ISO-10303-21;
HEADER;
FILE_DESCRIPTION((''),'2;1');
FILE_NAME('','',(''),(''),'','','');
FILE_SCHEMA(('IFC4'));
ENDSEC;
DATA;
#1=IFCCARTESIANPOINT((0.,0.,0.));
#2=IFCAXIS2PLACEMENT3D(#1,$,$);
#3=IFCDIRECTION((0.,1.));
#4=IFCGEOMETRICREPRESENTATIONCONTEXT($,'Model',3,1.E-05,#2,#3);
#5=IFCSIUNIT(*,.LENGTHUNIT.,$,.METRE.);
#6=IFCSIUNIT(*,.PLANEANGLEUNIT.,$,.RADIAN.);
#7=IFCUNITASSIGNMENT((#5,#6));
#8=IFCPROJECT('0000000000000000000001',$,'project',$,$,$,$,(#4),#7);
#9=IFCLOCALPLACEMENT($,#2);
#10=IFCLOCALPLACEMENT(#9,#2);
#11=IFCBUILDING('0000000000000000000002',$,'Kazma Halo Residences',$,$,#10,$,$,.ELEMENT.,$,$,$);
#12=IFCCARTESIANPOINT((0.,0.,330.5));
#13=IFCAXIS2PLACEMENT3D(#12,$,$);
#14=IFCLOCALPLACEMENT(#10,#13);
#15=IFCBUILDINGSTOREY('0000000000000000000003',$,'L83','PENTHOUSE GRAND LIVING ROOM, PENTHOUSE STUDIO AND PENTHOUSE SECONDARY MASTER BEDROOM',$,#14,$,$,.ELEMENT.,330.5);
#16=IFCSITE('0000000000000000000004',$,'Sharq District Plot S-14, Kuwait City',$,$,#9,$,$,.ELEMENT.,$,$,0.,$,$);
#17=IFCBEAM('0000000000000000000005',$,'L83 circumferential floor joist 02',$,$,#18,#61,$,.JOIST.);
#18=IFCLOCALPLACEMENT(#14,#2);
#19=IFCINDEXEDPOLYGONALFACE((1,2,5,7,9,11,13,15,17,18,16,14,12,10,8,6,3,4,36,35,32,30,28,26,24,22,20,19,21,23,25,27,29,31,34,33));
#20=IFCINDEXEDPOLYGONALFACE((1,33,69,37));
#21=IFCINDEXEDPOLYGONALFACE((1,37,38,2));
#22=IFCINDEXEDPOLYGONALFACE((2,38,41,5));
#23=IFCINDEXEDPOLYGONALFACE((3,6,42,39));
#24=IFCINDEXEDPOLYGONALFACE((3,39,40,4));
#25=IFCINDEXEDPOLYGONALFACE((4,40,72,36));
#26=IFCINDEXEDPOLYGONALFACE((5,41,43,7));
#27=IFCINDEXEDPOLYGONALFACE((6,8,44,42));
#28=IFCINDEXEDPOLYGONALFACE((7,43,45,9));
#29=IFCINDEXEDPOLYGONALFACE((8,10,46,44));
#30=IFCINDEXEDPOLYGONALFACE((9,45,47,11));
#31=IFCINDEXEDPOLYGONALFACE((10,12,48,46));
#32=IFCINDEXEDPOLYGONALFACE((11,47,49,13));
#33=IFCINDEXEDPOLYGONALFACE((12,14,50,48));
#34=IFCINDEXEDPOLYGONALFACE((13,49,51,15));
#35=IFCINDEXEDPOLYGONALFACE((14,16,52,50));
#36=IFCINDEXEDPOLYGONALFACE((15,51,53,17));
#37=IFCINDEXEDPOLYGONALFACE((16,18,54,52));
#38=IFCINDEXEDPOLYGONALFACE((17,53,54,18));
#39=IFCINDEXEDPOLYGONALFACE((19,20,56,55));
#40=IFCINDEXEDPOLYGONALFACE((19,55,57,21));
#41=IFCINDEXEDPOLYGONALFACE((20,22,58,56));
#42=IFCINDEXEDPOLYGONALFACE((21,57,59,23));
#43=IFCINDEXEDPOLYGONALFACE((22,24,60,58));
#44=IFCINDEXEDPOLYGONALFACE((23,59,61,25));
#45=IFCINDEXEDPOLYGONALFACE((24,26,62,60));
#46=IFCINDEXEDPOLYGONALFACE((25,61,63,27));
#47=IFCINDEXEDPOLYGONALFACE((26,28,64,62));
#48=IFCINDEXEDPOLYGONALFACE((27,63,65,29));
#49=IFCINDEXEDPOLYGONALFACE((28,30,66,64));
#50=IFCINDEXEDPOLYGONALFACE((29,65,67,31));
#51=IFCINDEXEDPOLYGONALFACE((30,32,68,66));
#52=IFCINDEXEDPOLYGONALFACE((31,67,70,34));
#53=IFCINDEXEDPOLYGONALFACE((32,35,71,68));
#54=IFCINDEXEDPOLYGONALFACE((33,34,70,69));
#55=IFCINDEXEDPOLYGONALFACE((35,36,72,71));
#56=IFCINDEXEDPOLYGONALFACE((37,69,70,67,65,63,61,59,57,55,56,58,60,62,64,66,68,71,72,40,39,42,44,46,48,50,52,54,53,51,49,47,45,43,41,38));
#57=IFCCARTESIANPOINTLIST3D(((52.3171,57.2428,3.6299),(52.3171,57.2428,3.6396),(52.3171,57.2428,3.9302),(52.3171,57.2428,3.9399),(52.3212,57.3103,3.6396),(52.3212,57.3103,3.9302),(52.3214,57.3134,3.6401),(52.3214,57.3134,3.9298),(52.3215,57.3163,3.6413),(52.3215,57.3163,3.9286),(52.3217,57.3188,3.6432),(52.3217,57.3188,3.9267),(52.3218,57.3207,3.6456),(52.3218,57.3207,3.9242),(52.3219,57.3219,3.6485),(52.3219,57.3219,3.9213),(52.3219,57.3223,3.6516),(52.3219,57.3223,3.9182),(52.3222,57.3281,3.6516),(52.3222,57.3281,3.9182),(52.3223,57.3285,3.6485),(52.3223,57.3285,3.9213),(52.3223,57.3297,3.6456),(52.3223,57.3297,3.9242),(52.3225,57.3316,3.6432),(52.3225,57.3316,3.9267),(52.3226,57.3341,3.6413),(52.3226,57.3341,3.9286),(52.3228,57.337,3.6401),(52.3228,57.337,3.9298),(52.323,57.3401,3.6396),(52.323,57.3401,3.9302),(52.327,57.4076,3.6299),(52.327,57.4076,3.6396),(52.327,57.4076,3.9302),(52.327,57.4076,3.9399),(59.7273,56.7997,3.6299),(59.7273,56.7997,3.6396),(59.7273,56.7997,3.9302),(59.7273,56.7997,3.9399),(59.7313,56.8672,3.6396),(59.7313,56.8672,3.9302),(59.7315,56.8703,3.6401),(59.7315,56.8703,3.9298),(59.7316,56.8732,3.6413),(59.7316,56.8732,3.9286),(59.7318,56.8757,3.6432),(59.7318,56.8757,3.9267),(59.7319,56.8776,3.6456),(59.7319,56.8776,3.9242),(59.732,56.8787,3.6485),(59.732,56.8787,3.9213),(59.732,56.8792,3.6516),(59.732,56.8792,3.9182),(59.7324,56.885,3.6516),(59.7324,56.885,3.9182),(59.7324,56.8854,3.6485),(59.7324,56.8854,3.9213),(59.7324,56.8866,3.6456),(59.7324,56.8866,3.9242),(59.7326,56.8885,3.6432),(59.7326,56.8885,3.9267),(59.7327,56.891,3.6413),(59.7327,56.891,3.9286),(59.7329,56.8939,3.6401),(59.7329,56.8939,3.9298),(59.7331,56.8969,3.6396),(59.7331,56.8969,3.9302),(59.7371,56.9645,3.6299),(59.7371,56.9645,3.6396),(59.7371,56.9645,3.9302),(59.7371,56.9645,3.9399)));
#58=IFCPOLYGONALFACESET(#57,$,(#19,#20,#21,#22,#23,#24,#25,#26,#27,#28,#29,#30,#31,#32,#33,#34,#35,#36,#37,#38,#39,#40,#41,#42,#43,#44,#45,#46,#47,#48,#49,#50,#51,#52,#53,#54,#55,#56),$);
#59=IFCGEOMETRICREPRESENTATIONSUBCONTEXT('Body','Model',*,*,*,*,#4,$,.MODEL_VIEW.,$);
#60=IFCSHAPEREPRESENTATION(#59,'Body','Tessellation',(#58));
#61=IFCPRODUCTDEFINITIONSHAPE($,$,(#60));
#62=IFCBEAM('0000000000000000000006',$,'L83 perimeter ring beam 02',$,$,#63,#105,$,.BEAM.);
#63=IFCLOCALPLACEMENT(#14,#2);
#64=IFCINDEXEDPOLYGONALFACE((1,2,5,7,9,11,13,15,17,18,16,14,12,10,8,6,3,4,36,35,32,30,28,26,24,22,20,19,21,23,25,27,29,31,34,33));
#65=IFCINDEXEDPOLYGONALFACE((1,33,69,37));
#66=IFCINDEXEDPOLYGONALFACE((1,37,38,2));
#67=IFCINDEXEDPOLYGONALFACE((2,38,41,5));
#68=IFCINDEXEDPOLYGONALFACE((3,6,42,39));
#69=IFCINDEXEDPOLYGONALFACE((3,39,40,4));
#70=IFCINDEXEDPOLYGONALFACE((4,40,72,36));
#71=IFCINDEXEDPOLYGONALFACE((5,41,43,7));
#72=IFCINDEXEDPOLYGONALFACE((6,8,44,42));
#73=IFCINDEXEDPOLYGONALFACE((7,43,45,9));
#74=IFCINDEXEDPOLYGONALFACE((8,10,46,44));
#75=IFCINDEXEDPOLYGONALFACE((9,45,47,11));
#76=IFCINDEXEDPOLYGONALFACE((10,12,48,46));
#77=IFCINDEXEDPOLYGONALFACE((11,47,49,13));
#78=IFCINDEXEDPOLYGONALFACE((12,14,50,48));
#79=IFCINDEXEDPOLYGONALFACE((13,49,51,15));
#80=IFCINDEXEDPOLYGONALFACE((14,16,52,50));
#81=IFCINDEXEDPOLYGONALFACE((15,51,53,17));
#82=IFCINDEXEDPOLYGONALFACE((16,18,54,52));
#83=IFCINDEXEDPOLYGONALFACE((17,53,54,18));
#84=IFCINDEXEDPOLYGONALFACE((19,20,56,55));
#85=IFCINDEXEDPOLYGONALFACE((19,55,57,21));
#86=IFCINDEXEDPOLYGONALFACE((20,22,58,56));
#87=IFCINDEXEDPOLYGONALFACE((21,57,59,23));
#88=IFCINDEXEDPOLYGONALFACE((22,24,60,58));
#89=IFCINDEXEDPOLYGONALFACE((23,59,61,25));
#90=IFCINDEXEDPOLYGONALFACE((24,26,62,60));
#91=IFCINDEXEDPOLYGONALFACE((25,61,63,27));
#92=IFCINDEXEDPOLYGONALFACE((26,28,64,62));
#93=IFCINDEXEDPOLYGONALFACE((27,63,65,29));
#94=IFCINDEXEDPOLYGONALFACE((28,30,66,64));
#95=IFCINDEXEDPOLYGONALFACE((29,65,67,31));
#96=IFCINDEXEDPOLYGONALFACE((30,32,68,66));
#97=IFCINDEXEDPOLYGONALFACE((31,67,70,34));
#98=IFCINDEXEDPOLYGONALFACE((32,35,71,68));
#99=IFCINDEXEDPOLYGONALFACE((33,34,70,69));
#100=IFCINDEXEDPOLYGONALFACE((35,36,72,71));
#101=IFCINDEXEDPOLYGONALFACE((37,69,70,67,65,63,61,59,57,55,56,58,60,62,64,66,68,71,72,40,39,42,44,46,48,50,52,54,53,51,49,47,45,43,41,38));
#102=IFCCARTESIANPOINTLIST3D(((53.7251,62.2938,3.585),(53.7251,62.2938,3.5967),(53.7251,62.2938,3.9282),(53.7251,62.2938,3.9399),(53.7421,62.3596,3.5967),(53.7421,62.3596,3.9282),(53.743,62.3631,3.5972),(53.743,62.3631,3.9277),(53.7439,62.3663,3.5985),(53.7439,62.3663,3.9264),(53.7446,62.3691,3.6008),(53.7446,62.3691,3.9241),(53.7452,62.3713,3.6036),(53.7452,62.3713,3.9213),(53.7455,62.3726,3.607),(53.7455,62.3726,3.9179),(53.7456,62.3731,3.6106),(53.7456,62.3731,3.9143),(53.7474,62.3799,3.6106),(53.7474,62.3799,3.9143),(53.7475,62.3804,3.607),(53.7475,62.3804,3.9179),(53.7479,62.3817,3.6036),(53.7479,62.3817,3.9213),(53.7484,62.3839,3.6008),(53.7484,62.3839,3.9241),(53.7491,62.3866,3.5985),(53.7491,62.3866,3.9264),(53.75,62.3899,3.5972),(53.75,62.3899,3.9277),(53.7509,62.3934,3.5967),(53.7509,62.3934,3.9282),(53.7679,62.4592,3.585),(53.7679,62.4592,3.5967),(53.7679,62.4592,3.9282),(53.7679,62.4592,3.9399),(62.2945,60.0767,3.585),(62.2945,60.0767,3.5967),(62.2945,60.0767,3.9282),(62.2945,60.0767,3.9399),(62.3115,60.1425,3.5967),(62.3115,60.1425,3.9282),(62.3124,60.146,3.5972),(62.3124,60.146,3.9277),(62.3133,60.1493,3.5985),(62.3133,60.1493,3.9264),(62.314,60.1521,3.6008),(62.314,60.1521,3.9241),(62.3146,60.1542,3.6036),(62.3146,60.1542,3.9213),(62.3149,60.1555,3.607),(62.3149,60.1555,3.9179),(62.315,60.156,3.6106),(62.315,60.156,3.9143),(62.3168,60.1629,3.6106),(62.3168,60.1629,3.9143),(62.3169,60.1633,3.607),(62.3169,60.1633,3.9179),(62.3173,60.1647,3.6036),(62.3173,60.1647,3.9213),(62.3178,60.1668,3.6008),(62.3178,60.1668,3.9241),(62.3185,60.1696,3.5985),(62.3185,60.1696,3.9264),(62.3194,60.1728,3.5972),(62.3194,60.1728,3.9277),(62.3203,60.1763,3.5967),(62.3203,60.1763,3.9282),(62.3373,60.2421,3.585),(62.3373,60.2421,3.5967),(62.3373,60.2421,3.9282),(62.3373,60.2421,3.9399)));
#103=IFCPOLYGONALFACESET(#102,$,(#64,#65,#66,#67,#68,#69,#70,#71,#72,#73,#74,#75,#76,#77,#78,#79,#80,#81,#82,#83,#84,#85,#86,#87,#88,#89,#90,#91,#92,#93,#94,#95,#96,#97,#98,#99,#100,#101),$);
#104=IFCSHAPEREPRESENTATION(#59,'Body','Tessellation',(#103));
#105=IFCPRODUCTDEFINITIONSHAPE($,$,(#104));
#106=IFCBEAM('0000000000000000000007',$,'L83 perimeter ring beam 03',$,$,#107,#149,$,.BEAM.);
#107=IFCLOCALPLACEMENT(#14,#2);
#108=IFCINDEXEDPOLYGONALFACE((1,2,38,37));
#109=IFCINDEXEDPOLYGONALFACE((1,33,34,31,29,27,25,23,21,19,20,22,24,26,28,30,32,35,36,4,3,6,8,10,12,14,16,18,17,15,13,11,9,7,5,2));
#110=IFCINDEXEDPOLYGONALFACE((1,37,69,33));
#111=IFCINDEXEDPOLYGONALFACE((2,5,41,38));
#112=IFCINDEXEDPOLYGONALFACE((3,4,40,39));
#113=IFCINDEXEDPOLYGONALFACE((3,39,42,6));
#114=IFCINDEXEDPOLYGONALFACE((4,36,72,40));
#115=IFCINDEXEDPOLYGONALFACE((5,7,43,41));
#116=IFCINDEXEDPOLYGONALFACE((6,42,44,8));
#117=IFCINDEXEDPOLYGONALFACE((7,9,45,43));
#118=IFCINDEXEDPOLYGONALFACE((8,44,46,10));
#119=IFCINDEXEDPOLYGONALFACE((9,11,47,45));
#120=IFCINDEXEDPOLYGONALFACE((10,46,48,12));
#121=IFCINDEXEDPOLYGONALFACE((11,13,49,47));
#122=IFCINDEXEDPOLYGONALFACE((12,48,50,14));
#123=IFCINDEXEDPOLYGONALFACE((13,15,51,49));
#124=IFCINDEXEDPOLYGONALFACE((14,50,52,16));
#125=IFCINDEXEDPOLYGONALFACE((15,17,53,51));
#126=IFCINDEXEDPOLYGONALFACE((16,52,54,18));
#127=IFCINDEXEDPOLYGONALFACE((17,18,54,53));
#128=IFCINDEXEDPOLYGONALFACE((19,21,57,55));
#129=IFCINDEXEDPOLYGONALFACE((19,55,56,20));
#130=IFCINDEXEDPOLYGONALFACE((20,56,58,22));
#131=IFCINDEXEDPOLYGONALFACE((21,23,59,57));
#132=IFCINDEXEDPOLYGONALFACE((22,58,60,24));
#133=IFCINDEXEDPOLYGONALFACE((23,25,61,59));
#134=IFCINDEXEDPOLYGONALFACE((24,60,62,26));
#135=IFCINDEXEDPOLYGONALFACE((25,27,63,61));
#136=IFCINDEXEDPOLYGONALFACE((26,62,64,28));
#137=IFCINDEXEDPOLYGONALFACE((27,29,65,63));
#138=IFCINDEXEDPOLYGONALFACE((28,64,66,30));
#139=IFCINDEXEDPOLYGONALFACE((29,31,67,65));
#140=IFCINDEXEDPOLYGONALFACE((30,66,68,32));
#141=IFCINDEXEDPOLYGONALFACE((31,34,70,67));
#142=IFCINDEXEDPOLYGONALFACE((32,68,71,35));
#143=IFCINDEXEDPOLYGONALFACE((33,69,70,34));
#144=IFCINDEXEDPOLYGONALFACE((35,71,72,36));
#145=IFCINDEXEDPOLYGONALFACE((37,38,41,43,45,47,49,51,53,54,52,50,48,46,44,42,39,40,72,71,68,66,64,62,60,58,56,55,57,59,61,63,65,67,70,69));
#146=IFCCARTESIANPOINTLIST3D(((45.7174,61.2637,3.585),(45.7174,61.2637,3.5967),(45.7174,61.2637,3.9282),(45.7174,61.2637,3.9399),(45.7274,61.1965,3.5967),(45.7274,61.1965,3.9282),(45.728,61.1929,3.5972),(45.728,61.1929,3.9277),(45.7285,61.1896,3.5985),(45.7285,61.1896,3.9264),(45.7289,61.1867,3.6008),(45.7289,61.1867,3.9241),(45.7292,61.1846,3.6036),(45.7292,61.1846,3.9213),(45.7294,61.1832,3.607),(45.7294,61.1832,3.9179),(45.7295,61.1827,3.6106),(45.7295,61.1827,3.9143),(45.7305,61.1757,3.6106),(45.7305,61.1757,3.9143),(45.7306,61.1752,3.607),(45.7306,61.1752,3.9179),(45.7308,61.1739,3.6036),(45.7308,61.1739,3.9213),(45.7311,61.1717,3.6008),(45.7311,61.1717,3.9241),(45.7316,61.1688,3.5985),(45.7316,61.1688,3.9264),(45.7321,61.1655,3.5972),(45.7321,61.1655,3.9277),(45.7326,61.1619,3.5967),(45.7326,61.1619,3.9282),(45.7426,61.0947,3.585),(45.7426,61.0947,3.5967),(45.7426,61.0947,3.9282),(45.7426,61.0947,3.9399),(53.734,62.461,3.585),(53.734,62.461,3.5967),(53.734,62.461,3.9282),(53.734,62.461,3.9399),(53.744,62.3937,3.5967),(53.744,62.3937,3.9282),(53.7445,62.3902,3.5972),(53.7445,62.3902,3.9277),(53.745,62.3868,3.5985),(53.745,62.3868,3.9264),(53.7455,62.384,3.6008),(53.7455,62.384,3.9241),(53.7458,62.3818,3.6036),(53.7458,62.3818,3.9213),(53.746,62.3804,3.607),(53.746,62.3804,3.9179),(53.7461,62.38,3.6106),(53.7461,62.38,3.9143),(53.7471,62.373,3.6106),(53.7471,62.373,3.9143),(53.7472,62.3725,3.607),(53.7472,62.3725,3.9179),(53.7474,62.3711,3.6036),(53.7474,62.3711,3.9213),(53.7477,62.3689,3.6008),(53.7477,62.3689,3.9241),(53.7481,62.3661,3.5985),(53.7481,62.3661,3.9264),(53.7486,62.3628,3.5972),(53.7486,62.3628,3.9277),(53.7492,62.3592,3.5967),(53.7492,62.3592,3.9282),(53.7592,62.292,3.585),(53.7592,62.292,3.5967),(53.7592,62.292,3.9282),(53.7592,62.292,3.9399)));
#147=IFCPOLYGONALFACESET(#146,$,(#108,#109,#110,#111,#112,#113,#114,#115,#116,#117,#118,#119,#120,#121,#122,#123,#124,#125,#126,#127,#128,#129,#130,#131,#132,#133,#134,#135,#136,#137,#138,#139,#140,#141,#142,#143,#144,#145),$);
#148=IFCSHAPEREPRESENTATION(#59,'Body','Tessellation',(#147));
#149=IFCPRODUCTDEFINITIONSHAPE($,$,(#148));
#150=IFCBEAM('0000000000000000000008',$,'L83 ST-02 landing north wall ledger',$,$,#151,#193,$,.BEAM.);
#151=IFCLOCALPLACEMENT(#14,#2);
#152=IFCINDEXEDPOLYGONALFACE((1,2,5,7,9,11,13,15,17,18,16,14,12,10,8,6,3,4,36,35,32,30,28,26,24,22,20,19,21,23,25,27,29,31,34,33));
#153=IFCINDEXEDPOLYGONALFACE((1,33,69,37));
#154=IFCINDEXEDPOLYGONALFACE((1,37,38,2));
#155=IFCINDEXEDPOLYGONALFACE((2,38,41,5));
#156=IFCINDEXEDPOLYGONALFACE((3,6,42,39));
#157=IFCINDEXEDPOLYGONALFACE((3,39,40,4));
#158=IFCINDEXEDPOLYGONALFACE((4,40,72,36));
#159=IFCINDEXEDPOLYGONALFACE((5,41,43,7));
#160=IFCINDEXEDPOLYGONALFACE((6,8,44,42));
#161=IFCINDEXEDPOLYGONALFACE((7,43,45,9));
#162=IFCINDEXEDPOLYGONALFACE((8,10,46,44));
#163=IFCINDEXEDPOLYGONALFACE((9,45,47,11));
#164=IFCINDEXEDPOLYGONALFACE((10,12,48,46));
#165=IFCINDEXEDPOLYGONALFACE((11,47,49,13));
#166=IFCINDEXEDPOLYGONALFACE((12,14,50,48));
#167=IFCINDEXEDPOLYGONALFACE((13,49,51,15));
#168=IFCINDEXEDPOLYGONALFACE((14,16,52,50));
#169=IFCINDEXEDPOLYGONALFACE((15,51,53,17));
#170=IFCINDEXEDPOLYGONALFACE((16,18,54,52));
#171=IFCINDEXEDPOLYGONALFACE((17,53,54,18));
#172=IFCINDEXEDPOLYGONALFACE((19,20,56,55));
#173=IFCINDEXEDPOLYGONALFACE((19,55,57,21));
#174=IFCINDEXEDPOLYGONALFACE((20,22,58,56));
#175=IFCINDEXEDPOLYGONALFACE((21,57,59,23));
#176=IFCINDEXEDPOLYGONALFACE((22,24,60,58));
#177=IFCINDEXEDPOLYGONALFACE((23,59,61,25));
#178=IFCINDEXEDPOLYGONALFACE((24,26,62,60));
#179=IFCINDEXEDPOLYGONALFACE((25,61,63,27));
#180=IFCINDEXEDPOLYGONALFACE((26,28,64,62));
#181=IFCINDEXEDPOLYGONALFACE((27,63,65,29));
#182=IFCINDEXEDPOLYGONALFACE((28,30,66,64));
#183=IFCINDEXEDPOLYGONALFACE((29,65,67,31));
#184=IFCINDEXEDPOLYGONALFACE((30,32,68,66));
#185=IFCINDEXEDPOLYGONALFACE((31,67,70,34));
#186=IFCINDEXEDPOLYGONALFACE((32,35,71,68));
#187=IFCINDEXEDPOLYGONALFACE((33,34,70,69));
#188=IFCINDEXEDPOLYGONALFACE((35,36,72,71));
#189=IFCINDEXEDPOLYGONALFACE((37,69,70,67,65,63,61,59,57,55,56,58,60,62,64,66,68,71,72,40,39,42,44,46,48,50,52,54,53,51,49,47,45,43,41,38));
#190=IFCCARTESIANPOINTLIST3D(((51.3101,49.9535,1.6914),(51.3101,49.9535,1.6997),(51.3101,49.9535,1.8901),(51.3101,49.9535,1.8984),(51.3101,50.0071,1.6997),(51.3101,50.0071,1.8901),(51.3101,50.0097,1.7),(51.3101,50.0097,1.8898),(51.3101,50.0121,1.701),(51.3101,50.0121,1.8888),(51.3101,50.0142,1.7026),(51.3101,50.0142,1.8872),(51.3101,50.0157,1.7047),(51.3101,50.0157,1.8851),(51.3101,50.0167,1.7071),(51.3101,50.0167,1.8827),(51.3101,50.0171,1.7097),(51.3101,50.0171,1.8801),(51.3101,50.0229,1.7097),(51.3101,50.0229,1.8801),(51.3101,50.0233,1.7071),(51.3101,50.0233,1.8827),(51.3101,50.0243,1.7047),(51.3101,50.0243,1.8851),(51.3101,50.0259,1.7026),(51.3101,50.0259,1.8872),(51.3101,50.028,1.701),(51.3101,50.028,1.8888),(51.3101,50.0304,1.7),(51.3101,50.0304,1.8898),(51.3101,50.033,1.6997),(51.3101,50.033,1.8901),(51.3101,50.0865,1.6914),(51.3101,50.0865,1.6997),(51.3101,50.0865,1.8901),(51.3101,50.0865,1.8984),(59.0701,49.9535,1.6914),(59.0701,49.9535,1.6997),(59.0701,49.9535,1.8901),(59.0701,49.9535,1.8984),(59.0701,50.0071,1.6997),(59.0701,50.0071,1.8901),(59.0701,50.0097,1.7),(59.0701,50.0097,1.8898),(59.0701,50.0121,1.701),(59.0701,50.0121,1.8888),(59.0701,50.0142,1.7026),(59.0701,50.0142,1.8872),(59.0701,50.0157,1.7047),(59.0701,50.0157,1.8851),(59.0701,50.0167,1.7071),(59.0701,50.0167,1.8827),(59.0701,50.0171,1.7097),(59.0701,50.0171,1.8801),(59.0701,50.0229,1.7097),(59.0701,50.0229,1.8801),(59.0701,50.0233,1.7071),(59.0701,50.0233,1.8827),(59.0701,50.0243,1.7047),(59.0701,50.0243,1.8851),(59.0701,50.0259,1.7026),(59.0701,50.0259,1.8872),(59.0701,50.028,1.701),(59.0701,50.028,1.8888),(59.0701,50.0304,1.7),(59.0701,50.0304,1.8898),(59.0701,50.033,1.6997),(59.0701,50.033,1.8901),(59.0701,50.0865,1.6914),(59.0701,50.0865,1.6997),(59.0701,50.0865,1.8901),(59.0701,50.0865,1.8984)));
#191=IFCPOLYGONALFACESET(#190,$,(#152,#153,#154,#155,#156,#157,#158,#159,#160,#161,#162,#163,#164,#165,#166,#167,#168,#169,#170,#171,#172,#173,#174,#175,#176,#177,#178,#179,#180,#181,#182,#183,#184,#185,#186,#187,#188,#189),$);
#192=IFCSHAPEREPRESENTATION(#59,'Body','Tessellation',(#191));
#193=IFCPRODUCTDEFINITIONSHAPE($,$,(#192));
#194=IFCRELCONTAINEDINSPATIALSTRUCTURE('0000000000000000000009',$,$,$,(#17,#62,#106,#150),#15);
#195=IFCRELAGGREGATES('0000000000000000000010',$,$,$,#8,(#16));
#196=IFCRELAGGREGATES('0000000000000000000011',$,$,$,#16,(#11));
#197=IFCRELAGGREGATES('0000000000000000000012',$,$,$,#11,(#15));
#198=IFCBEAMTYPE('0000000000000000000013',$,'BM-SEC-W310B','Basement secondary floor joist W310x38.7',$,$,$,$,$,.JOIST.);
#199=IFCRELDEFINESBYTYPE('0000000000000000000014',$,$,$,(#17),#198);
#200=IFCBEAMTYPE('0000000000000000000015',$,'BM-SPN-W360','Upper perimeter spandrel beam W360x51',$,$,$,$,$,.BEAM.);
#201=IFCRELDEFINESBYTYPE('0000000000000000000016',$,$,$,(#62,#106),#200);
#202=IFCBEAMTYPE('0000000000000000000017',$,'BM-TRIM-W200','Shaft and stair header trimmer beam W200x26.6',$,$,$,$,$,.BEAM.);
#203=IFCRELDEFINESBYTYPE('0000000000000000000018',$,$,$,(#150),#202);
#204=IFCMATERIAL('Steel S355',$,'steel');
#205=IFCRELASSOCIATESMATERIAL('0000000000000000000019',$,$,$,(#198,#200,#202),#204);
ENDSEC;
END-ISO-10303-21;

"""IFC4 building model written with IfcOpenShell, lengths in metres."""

from ifc_helpers import new_model, si_unit, direction, frame, origin, origin_2d, place, context, subcontext, project, spatial, i_section, extrude, material, material_profile, profile_set, type_object, element, save


model = new_model("IFC4")

# Units and contexts
model_context = context("Model", 3, precision=1e-05, world=origin(), true_north=direction((0.0, 1.0)))
body_context = subcontext(model_context, "Body", "Model", "MODEL_VIEW")
ifc_project = project(units=[si_unit("LENGTHUNIT", "METRE"), si_unit("PLANEANGLEUNIT", "RADIAN")], contexts=[model_context])

# Site, building, storey
site_placement = place(None, origin())
site = spatial("IfcSite", under=ifc_project, at=site_placement, Name="Sharq District Plot S-14, Kuwait City", CompositionType="ELEMENT", RefElevation=0.0)
building_placement = place(site_placement, origin())
building = spatial("IfcBuilding", under=site, at=building_placement, Name="Kazma Halo Residences", CompositionType="ELEMENT")
storey_placement = place(building_placement, frame((0.0, 0.0, 330.5)))
storey = spatial("IfcBuildingStorey", under=building, at=storey_placement, Name="L83", Description="PENTHOUSE GRAND LIVING ROOM, PENTHOUSE STUDIO AND PENTHOUSE SECONDARY MASTER BEDROOM", CompositionType="ELEMENT", Elevation=330.5)

# Beams
ifc_material_1 = material(Name="Steel S355", Category="steel")
ifc_material_profile_1 = material_profile(ifc_material_1, i_section(OverallWidth=0.165, OverallDepth=0.3101, WebThickness=0.0059, FlangeThickness=0.0098, FilletRadius=0.012, at=origin_2d()), Name="W310x38.7")
ifc_profile_set_1 = profile_set([ifc_material_profile_1], Name="Steel S355")
beam_type_1 = type_object("IfcBeamType", Name="BM-SEC-W310B", Description="Basement secondary floor joist W310x38.7", PredefinedType="JOIST", material=ifc_profile_set_1)
beam_1_placement = place(storey_placement, frame((59.7322, 56.8821, 3.7849), z_axis=(-0.998217, 0.059692, 0.0), x_axis=(-0.059692, -0.998217, 0.0)))
element("IfcBeam", 1, at=beam_1_placement, inside=storey, type_object=beam_type_1, Name="L83 circumferential floor joist 02", PredefinedType="JOIST", context=body_context, shape_type="SweptSolid", body=[
    extrude(i_section(OverallWidth=0.165, OverallDepth=0.3101, WebThickness=0.0059, FlangeThickness=0.0098, FilletRadius=0.012, at=origin_2d()), origin(), (0.0, 0.0, 1.0), 7.4233),
])
ifc_material_profile_2 = material_profile(ifc_material_1, i_section(OverallWidth=0.1709, OverallDepth=0.355, WebThickness=0.0071, FlangeThickness=0.0117, FilletRadius=0.0139, at=origin_2d()), Name="W360x51")
ifc_profile_set_2 = profile_set([ifc_material_profile_2], Name="Steel S355")
beam_type_2 = type_object("IfcBeamType", Name="BM-SPN-W360", Description="Upper perimeter spandrel beam W360x51", PredefinedType="BEAM", material=ifc_profile_set_2)
beam_2_placement = place(storey_placement, frame((62.3159, 60.1594, 3.7625), z_axis=(-0.968124, 0.250471, 0.0), x_axis=(-0.250471, -0.968124, 0.0)))
element("IfcBeam", 2, at=beam_2_placement, inside=storey, type_object=beam_type_2, Name="L83 perimeter ring beam 02", PredefinedType="BEAM", context=body_context, shape_type="SweptSolid", body=[
    extrude(i_section(OverallWidth=0.1709, OverallDepth=0.355, WebThickness=0.0071, FlangeThickness=0.0117, FilletRadius=0.0139, at=origin_2d()), origin(), (0.0, 0.0, 1.0), 8.8516),
])
beam_3_placement = place(storey_placement, frame((53.7466, 62.3765, 3.7625), z_axis=(-0.989031, -0.14771, 0.0), x_axis=(0.14771, -0.989031, 0.0)))
element("IfcBeam", 3, at=beam_3_placement, inside=storey, type_object=beam_type_2, Name="L83 perimeter ring beam 03", PredefinedType="BEAM", context=body_context, shape_type="SweptSolid", body=[
    extrude(i_section(OverallWidth=0.1709, OverallDepth=0.355, WebThickness=0.0071, FlangeThickness=0.0117, FilletRadius=0.0139, at=origin_2d()), origin(), (0.0, 0.0, 1.0), 8.1055),
])
ifc_material_profile_3 = material_profile(ifc_material_1, i_section(OverallWidth=0.1331, OverallDepth=0.207, WebThickness=0.0059, FlangeThickness=0.0083, FilletRadius=0.01, at=origin_2d()), Name="W200x26.6")
ifc_profile_set_3 = profile_set([ifc_material_profile_3], Name="Steel S355")
beam_type_3 = type_object("IfcBeamType", Name="BM-TRIM-W200", Description="Shaft and stair header trimmer beam W200x26.6", PredefinedType="BEAM", material=ifc_profile_set_3)
beam_4_placement = place(storey_placement, frame((51.3101, 50.02, 1.7949), z_axis=(1.0, 0.0, 0.0), x_axis=(0.0, 1.0, 0.0)))
element("IfcBeam", 4, at=beam_4_placement, inside=storey, type_object=beam_type_3, Name="L83 ST-02 landing north wall ledger", PredefinedType="BEAM", context=body_context, shape_type="SweptSolid", body=[
    extrude(i_section(OverallWidth=0.1331, OverallDepth=0.207, WebThickness=0.0059, FlangeThickness=0.0083, FilletRadius=0.01, at=origin_2d()), origin(), (0.0, 0.0, 1.0), 7.76),
])

save(model, "model.ifc")
